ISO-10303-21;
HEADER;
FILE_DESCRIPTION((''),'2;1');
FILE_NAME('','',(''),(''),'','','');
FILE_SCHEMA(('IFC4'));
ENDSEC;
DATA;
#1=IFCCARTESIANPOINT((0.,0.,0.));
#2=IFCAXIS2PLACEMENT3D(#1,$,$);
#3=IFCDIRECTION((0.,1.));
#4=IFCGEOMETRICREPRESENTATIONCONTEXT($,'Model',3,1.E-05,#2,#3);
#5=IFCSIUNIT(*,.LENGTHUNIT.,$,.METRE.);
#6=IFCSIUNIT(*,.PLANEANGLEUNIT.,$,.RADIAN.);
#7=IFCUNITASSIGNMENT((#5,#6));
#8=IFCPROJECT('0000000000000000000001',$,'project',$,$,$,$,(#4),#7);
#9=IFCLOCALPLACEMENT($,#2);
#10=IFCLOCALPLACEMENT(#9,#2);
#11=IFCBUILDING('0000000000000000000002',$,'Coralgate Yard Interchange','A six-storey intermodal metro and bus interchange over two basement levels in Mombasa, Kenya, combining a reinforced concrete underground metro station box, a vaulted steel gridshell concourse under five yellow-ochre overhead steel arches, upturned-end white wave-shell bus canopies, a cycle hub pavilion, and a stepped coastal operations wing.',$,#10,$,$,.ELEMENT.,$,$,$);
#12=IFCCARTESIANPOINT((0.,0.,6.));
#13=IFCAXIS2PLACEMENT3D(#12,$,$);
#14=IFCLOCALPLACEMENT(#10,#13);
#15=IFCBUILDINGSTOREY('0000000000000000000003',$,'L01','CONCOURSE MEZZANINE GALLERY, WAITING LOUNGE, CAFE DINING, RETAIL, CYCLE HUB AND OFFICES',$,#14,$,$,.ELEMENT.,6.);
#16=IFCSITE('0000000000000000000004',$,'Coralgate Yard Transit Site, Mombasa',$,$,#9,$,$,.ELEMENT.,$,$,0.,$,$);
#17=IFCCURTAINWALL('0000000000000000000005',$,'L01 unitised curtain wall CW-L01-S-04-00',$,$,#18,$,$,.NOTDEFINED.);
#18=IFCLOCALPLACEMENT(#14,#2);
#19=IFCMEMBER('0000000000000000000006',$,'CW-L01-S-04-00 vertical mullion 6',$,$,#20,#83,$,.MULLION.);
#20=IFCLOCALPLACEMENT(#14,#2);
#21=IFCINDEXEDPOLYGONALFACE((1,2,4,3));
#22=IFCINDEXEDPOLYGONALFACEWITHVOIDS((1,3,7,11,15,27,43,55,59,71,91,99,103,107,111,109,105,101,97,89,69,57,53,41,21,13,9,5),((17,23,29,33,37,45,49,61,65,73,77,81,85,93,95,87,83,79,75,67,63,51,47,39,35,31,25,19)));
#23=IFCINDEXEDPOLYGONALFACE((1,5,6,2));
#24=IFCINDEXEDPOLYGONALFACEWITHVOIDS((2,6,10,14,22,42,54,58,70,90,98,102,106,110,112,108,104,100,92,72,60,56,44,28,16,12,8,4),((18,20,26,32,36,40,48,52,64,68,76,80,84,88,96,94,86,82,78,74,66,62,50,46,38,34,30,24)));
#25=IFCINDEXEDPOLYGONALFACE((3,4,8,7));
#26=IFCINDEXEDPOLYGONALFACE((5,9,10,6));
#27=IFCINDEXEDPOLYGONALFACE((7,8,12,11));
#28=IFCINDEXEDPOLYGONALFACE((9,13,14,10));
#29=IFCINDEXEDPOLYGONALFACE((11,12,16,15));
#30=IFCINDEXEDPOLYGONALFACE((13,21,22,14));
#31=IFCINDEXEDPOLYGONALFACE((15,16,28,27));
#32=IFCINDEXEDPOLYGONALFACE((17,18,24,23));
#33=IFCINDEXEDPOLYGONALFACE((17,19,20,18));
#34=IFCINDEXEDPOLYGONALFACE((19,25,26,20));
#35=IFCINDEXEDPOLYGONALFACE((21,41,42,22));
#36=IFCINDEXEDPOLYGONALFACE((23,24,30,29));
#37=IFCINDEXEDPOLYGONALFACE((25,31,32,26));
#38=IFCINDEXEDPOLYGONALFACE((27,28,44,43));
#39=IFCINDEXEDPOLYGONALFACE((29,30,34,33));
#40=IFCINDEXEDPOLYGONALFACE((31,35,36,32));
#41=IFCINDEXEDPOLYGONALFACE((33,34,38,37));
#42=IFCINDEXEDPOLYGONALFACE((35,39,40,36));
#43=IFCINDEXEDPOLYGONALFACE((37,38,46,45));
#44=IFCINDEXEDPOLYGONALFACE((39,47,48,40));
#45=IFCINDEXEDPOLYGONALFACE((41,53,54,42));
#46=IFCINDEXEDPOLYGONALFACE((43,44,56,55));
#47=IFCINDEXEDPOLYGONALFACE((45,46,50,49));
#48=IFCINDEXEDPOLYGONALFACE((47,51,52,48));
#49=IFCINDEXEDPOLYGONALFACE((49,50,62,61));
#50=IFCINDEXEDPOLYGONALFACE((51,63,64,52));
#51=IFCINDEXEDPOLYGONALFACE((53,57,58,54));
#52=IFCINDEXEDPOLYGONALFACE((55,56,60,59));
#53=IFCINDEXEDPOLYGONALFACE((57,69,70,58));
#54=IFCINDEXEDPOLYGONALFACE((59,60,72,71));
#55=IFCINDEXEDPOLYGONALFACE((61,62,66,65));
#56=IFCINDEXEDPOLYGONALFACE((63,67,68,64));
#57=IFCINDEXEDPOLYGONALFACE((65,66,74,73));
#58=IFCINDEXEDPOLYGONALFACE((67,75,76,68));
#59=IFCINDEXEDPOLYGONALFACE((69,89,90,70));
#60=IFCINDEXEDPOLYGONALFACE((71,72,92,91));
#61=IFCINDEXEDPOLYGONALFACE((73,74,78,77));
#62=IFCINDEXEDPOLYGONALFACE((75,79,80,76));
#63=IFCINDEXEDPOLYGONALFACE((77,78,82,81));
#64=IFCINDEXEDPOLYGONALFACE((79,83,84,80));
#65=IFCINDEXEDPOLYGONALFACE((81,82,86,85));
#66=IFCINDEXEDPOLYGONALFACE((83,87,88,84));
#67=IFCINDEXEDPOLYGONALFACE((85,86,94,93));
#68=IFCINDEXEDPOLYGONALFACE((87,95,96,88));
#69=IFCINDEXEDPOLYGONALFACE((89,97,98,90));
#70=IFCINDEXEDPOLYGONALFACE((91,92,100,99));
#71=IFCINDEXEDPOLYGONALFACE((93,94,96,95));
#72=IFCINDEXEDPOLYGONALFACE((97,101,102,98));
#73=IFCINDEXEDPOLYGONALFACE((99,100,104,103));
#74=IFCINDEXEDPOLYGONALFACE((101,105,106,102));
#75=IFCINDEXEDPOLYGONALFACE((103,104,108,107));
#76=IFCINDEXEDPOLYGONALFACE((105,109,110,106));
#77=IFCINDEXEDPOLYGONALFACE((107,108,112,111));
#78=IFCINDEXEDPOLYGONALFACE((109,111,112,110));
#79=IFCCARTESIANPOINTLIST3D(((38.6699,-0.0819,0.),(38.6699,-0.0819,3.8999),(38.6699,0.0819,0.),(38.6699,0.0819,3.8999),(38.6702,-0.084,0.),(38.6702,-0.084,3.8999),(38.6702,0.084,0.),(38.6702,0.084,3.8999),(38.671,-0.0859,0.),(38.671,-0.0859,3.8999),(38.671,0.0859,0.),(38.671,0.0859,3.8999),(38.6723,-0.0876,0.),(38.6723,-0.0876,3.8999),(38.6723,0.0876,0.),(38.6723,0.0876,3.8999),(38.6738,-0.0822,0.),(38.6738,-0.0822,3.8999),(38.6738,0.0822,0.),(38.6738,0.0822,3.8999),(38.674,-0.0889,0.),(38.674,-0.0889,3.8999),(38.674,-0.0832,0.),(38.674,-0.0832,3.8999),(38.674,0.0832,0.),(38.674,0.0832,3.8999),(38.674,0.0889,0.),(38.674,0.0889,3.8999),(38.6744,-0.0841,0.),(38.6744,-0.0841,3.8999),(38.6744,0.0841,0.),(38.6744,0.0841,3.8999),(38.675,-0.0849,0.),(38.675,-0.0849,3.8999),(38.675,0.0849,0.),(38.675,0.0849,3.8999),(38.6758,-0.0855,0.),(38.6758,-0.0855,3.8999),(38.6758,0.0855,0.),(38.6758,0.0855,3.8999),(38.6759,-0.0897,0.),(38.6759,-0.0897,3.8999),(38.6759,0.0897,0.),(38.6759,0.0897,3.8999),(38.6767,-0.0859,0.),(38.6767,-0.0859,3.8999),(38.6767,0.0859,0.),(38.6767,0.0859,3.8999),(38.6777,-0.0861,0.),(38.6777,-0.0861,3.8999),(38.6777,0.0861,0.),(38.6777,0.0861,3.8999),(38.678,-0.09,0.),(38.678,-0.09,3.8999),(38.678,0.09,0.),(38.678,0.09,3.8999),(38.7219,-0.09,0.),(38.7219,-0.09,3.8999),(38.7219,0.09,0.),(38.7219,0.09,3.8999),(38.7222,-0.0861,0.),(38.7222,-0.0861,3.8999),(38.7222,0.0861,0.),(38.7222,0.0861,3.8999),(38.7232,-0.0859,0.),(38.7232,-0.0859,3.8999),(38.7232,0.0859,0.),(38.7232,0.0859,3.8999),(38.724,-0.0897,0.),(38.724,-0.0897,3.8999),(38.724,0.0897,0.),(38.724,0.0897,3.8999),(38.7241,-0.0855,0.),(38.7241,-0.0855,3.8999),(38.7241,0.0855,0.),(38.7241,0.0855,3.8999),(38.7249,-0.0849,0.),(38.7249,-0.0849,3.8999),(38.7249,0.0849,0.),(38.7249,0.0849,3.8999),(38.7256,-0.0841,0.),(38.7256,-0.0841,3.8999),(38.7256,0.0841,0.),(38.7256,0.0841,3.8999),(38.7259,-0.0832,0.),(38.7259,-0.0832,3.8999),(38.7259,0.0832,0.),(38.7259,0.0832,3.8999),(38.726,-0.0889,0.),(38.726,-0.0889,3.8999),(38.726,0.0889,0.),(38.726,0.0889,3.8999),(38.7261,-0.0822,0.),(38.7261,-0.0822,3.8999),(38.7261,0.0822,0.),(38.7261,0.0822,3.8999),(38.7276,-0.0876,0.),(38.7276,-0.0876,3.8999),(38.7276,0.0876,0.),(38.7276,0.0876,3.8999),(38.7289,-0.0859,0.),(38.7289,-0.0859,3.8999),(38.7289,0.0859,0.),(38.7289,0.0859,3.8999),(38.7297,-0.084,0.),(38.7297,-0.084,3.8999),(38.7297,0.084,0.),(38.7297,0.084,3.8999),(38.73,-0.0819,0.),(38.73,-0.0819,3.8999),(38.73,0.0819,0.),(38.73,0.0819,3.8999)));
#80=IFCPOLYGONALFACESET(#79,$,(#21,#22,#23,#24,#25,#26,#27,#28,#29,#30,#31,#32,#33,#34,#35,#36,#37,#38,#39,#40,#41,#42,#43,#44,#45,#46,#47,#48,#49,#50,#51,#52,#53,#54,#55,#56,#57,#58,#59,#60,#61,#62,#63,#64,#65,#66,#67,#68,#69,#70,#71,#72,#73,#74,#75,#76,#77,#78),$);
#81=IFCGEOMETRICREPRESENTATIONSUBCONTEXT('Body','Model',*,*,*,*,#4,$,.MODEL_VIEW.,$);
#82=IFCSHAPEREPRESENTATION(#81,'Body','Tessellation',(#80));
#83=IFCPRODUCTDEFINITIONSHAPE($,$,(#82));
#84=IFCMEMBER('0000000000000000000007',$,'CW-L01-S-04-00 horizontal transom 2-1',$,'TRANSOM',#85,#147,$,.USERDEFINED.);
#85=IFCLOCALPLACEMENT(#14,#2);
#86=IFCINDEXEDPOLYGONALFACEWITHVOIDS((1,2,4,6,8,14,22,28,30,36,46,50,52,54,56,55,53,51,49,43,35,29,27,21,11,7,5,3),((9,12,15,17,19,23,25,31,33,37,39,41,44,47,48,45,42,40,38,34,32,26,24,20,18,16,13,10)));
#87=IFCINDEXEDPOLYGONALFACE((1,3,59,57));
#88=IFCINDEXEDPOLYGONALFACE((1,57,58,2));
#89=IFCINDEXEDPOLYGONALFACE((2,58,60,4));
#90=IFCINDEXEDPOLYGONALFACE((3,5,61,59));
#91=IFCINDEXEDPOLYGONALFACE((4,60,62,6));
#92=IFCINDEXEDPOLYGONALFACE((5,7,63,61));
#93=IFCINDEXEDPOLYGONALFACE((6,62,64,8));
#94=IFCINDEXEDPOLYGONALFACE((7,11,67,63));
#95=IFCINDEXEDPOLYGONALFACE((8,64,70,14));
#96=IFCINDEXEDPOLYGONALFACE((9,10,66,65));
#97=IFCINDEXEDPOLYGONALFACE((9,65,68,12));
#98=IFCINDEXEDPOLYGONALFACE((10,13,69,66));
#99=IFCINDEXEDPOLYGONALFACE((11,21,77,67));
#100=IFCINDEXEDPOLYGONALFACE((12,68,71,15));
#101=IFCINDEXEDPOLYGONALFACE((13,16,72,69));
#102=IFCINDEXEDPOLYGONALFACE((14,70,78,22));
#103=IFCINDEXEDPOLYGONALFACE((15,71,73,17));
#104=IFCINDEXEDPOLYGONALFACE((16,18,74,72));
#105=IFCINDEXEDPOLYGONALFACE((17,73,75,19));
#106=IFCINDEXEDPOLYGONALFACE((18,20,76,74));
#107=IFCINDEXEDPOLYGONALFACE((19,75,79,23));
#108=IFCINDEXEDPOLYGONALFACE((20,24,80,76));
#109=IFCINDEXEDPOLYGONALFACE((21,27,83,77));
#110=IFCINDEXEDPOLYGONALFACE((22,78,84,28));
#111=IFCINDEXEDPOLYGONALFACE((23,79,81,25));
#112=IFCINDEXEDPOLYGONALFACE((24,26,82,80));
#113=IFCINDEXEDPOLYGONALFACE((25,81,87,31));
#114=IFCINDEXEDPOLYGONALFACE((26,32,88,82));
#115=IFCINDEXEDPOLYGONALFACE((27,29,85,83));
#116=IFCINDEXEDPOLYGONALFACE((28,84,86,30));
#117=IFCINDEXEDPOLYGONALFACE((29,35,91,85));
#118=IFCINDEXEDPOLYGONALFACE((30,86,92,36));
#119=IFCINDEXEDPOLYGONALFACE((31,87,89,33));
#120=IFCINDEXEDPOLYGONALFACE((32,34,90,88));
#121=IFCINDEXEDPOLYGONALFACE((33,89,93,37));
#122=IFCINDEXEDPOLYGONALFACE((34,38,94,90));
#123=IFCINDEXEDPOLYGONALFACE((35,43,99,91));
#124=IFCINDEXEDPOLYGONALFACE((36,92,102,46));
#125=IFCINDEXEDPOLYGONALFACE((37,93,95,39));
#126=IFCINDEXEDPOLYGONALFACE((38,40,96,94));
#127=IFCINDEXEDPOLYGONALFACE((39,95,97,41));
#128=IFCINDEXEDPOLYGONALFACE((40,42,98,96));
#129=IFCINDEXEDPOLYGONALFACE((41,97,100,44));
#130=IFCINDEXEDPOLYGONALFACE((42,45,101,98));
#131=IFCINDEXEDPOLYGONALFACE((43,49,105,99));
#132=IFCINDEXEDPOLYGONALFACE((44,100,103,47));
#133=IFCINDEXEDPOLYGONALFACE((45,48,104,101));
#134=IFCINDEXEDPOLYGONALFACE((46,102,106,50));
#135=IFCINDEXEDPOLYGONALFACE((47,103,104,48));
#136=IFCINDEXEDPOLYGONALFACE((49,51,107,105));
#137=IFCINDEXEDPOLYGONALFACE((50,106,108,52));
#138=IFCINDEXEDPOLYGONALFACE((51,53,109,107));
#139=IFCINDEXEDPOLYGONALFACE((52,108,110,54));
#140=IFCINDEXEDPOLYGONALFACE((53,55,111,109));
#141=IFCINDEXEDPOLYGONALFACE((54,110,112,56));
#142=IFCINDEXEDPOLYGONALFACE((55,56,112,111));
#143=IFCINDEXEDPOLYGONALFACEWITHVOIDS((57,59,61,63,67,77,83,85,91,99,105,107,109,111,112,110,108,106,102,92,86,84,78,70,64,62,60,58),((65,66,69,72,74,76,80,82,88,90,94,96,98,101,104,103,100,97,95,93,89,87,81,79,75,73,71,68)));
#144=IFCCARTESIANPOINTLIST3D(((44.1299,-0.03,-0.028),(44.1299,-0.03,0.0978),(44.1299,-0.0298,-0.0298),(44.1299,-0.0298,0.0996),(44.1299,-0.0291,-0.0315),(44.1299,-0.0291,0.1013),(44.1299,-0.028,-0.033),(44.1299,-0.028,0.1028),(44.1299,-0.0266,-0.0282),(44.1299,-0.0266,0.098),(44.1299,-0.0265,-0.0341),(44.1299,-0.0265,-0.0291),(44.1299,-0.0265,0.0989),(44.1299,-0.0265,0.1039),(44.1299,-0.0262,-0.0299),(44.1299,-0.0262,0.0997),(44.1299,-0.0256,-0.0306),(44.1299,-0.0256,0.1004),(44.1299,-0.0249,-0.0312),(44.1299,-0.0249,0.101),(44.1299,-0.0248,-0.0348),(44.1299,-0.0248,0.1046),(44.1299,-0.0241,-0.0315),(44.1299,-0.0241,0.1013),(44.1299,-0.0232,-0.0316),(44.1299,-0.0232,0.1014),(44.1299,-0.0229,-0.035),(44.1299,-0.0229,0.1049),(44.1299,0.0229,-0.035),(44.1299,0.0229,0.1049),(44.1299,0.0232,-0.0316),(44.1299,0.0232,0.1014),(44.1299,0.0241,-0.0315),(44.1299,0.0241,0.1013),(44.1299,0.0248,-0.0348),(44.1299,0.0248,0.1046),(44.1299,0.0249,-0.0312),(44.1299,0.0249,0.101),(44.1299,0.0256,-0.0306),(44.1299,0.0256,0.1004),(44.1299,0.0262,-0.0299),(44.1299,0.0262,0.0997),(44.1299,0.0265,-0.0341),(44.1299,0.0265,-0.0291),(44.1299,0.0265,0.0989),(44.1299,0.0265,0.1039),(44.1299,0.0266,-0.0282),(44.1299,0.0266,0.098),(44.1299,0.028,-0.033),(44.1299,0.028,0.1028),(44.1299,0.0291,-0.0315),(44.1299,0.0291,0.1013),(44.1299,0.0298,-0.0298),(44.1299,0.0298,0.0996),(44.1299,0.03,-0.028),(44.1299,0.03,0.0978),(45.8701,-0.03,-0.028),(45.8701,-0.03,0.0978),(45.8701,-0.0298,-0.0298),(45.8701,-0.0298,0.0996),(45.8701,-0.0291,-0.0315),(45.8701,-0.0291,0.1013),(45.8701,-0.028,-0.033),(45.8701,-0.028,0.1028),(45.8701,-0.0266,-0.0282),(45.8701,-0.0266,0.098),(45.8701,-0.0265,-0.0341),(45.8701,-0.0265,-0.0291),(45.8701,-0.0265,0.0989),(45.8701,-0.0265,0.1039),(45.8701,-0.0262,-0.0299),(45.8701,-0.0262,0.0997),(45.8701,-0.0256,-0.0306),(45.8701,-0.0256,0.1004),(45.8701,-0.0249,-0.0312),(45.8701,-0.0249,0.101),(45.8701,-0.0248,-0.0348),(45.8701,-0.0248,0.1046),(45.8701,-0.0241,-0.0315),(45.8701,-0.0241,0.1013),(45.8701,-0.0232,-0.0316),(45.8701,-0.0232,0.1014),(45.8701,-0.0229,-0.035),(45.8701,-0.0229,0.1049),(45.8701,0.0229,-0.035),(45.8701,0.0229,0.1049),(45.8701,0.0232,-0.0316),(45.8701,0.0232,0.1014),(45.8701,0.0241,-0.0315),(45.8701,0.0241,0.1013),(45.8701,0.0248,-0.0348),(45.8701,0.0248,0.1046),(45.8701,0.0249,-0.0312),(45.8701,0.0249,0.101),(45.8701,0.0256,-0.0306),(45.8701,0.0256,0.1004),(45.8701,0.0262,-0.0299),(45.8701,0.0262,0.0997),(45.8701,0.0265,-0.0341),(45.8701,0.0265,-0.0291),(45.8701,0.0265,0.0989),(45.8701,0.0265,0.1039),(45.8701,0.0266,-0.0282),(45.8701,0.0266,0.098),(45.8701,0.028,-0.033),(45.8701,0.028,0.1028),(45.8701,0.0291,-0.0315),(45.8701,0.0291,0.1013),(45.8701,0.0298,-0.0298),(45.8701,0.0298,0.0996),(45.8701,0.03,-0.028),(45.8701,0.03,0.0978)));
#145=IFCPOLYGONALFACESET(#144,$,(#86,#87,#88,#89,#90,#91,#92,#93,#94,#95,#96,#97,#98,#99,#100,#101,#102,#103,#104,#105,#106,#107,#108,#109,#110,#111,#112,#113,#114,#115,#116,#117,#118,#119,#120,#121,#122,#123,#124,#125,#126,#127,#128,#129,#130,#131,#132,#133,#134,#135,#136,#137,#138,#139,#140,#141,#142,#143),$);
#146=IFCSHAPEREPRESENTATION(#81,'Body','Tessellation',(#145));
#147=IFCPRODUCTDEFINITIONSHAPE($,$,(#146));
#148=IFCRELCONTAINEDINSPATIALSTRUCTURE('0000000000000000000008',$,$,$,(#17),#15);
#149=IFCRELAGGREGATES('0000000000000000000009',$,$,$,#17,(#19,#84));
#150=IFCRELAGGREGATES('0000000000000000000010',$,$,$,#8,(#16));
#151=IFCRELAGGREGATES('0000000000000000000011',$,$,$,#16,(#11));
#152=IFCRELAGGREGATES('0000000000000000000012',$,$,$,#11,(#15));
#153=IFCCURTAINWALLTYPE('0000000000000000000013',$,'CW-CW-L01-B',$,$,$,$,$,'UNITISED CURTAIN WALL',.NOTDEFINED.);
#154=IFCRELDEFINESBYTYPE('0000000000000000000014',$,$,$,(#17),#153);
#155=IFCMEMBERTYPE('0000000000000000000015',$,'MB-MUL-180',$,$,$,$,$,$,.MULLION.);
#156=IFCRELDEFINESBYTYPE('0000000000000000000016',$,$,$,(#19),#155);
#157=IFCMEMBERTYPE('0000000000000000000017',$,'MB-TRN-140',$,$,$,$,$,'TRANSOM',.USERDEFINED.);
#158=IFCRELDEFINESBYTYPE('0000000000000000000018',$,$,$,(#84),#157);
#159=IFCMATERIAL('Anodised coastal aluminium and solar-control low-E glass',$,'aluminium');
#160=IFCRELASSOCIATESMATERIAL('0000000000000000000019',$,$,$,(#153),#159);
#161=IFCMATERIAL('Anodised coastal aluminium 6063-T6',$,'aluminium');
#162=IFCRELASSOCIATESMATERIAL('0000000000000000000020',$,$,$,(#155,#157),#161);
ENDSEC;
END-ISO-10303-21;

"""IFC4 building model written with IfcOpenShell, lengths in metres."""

from ifc_helpers import new_model, si_unit, direction, frame, origin, origin_2d, place, context, subcontext, project, spatial, hollow_rectangle, extrude, material, material_profile, profile_set, type_object, element, aggregate, save


model = new_model("IFC4")

# Units and contexts
model_context = context("Model", 3, precision=1e-05, world=origin(), true_north=direction((0.0, 1.0)))
body_context = subcontext(model_context, "Body", "Model", "MODEL_VIEW")
ifc_project = project(units=[si_unit("LENGTHUNIT", "METRE"), si_unit("PLANEANGLEUNIT", "RADIAN")], contexts=[model_context])

# Site, building, storey
site_placement = place(None, origin())
site = spatial("IfcSite", under=ifc_project, at=site_placement, Name="Coralgate Yard Transit Site, Mombasa", CompositionType="ELEMENT", RefElevation=0.0)
building_placement = place(site_placement, origin())
building = spatial("IfcBuilding", under=site, at=building_placement, Name="Coralgate Yard Interchange", Description="A six-storey intermodal metro and bus interchange over two basement levels in Mombasa, Kenya, combining a reinforced concrete underground metro station box, a vaulted steel gridshell concourse under five yellow-ochre overhead steel arches, upturned-end white wave-shell bus canopies, a cycle hub pavilion, and a stepped coastal operations wing.", CompositionType="ELEMENT")
storey_placement = place(building_placement, frame((0.0, 0.0, 6.0)))
storey = spatial("IfcBuildingStorey", under=building, at=storey_placement, Name="L01", Description="CONCOURSE MEZZANINE GALLERY, WAITING LOUNGE, CAFE DINING, RETAIL, CYCLE HUB AND OFFICES", CompositionType="ELEMENT", Elevation=6.0)

# Curtain wall, members
ifc_material_1 = material(Name="Anodised coastal aluminium and solar-control low-E glass", Category="aluminium")
curtain_wall_type = type_object("IfcCurtainWallType", Name="CW-CW-L01-B", ElementType="UNITISED CURTAIN WALL", PredefinedType="NOTDEFINED", material=ifc_material_1)
curtain_wall_placement = place(storey_placement, origin())
curtain_wall = element("IfcCurtainWall", 1, at=curtain_wall_placement, inside=storey, type_object=curtain_wall_type, Name="L01 unitised curtain wall CW-L01-S-04-00", PredefinedType="NOTDEFINED")
ifc_material_2 = material(Name="Anodised coastal aluminium 6063-T6", Category="aluminium")
ifc_material_profile_1 = material_profile(ifc_material_2, hollow_rectangle(XDim=0.0601, YDim=0.1799, WallThickness=0.0039, InnerFilletRadius=0.0039, OuterFilletRadius=0.0081, at=origin_2d()), Name="ALU 60x180x4")
ifc_profile_set_1 = profile_set([ifc_material_profile_1], Name="Anodised coastal aluminium 6063-T6")
member_type_1 = type_object("IfcMemberType", Name="MB-MUL-180", PredefinedType="MULLION", material=ifc_profile_set_1)
member_1_placement = place(storey_placement, frame((38.7, 0.0, 0.0), z_axis=(0.0, 0.0, 1.0), x_axis=(1.0, 0.0, 0.0)))
member_1 = element("IfcMember", 2, at=member_1_placement, type_object=member_type_1, Name="CW-L01-S-04-00 vertical mullion 6", PredefinedType="MULLION", context=body_context, shape_type="SweptSolid", body=[
    extrude(hollow_rectangle(XDim=0.0601, YDim=0.1799, WallThickness=0.0039, InnerFilletRadius=0.0039, OuterFilletRadius=0.0081, at=origin_2d()), origin(), (0.0, 0.0, 1.0), 3.8999),
])
ifc_material_profile_2 = material_profile(ifc_material_2, hollow_rectangle(XDim=0.0601, YDim=0.1399, WallThickness=0.0034, InnerFilletRadius=0.0034, OuterFilletRadius=0.0071, at=origin_2d()), Name="ALU 60x140x3.5")
ifc_profile_set_2 = profile_set([ifc_material_profile_2], Name="Anodised coastal aluminium 6063-T6")
member_type_2 = type_object("IfcMemberType", Name="MB-TRN-140", ElementType="TRANSOM", PredefinedType="USERDEFINED", material=ifc_profile_set_2)
member_2_placement = place(storey_placement, frame((45.8701, 0.0, 0.0349), z_axis=(-1.0, 0.0, 0.0), x_axis=(0.0, -1.0, 0.0)))
member_2 = element("IfcMember", 3, at=member_2_placement, type_object=member_type_2, Name="CW-L01-S-04-00 horizontal transom 2-1", ObjectType="TRANSOM", PredefinedType="USERDEFINED", context=body_context, shape_type="SweptSolid", body=[
    extrude(hollow_rectangle(XDim=0.0601, YDim=0.1399, WallThickness=0.0034, InnerFilletRadius=0.0034, OuterFilletRadius=0.0071, at=origin_2d()), origin(), (0.0, 0.0, 1.0), 1.7402),
])
aggregate(curtain_wall, [member_1, member_2])

save(model, "model.ifc")
